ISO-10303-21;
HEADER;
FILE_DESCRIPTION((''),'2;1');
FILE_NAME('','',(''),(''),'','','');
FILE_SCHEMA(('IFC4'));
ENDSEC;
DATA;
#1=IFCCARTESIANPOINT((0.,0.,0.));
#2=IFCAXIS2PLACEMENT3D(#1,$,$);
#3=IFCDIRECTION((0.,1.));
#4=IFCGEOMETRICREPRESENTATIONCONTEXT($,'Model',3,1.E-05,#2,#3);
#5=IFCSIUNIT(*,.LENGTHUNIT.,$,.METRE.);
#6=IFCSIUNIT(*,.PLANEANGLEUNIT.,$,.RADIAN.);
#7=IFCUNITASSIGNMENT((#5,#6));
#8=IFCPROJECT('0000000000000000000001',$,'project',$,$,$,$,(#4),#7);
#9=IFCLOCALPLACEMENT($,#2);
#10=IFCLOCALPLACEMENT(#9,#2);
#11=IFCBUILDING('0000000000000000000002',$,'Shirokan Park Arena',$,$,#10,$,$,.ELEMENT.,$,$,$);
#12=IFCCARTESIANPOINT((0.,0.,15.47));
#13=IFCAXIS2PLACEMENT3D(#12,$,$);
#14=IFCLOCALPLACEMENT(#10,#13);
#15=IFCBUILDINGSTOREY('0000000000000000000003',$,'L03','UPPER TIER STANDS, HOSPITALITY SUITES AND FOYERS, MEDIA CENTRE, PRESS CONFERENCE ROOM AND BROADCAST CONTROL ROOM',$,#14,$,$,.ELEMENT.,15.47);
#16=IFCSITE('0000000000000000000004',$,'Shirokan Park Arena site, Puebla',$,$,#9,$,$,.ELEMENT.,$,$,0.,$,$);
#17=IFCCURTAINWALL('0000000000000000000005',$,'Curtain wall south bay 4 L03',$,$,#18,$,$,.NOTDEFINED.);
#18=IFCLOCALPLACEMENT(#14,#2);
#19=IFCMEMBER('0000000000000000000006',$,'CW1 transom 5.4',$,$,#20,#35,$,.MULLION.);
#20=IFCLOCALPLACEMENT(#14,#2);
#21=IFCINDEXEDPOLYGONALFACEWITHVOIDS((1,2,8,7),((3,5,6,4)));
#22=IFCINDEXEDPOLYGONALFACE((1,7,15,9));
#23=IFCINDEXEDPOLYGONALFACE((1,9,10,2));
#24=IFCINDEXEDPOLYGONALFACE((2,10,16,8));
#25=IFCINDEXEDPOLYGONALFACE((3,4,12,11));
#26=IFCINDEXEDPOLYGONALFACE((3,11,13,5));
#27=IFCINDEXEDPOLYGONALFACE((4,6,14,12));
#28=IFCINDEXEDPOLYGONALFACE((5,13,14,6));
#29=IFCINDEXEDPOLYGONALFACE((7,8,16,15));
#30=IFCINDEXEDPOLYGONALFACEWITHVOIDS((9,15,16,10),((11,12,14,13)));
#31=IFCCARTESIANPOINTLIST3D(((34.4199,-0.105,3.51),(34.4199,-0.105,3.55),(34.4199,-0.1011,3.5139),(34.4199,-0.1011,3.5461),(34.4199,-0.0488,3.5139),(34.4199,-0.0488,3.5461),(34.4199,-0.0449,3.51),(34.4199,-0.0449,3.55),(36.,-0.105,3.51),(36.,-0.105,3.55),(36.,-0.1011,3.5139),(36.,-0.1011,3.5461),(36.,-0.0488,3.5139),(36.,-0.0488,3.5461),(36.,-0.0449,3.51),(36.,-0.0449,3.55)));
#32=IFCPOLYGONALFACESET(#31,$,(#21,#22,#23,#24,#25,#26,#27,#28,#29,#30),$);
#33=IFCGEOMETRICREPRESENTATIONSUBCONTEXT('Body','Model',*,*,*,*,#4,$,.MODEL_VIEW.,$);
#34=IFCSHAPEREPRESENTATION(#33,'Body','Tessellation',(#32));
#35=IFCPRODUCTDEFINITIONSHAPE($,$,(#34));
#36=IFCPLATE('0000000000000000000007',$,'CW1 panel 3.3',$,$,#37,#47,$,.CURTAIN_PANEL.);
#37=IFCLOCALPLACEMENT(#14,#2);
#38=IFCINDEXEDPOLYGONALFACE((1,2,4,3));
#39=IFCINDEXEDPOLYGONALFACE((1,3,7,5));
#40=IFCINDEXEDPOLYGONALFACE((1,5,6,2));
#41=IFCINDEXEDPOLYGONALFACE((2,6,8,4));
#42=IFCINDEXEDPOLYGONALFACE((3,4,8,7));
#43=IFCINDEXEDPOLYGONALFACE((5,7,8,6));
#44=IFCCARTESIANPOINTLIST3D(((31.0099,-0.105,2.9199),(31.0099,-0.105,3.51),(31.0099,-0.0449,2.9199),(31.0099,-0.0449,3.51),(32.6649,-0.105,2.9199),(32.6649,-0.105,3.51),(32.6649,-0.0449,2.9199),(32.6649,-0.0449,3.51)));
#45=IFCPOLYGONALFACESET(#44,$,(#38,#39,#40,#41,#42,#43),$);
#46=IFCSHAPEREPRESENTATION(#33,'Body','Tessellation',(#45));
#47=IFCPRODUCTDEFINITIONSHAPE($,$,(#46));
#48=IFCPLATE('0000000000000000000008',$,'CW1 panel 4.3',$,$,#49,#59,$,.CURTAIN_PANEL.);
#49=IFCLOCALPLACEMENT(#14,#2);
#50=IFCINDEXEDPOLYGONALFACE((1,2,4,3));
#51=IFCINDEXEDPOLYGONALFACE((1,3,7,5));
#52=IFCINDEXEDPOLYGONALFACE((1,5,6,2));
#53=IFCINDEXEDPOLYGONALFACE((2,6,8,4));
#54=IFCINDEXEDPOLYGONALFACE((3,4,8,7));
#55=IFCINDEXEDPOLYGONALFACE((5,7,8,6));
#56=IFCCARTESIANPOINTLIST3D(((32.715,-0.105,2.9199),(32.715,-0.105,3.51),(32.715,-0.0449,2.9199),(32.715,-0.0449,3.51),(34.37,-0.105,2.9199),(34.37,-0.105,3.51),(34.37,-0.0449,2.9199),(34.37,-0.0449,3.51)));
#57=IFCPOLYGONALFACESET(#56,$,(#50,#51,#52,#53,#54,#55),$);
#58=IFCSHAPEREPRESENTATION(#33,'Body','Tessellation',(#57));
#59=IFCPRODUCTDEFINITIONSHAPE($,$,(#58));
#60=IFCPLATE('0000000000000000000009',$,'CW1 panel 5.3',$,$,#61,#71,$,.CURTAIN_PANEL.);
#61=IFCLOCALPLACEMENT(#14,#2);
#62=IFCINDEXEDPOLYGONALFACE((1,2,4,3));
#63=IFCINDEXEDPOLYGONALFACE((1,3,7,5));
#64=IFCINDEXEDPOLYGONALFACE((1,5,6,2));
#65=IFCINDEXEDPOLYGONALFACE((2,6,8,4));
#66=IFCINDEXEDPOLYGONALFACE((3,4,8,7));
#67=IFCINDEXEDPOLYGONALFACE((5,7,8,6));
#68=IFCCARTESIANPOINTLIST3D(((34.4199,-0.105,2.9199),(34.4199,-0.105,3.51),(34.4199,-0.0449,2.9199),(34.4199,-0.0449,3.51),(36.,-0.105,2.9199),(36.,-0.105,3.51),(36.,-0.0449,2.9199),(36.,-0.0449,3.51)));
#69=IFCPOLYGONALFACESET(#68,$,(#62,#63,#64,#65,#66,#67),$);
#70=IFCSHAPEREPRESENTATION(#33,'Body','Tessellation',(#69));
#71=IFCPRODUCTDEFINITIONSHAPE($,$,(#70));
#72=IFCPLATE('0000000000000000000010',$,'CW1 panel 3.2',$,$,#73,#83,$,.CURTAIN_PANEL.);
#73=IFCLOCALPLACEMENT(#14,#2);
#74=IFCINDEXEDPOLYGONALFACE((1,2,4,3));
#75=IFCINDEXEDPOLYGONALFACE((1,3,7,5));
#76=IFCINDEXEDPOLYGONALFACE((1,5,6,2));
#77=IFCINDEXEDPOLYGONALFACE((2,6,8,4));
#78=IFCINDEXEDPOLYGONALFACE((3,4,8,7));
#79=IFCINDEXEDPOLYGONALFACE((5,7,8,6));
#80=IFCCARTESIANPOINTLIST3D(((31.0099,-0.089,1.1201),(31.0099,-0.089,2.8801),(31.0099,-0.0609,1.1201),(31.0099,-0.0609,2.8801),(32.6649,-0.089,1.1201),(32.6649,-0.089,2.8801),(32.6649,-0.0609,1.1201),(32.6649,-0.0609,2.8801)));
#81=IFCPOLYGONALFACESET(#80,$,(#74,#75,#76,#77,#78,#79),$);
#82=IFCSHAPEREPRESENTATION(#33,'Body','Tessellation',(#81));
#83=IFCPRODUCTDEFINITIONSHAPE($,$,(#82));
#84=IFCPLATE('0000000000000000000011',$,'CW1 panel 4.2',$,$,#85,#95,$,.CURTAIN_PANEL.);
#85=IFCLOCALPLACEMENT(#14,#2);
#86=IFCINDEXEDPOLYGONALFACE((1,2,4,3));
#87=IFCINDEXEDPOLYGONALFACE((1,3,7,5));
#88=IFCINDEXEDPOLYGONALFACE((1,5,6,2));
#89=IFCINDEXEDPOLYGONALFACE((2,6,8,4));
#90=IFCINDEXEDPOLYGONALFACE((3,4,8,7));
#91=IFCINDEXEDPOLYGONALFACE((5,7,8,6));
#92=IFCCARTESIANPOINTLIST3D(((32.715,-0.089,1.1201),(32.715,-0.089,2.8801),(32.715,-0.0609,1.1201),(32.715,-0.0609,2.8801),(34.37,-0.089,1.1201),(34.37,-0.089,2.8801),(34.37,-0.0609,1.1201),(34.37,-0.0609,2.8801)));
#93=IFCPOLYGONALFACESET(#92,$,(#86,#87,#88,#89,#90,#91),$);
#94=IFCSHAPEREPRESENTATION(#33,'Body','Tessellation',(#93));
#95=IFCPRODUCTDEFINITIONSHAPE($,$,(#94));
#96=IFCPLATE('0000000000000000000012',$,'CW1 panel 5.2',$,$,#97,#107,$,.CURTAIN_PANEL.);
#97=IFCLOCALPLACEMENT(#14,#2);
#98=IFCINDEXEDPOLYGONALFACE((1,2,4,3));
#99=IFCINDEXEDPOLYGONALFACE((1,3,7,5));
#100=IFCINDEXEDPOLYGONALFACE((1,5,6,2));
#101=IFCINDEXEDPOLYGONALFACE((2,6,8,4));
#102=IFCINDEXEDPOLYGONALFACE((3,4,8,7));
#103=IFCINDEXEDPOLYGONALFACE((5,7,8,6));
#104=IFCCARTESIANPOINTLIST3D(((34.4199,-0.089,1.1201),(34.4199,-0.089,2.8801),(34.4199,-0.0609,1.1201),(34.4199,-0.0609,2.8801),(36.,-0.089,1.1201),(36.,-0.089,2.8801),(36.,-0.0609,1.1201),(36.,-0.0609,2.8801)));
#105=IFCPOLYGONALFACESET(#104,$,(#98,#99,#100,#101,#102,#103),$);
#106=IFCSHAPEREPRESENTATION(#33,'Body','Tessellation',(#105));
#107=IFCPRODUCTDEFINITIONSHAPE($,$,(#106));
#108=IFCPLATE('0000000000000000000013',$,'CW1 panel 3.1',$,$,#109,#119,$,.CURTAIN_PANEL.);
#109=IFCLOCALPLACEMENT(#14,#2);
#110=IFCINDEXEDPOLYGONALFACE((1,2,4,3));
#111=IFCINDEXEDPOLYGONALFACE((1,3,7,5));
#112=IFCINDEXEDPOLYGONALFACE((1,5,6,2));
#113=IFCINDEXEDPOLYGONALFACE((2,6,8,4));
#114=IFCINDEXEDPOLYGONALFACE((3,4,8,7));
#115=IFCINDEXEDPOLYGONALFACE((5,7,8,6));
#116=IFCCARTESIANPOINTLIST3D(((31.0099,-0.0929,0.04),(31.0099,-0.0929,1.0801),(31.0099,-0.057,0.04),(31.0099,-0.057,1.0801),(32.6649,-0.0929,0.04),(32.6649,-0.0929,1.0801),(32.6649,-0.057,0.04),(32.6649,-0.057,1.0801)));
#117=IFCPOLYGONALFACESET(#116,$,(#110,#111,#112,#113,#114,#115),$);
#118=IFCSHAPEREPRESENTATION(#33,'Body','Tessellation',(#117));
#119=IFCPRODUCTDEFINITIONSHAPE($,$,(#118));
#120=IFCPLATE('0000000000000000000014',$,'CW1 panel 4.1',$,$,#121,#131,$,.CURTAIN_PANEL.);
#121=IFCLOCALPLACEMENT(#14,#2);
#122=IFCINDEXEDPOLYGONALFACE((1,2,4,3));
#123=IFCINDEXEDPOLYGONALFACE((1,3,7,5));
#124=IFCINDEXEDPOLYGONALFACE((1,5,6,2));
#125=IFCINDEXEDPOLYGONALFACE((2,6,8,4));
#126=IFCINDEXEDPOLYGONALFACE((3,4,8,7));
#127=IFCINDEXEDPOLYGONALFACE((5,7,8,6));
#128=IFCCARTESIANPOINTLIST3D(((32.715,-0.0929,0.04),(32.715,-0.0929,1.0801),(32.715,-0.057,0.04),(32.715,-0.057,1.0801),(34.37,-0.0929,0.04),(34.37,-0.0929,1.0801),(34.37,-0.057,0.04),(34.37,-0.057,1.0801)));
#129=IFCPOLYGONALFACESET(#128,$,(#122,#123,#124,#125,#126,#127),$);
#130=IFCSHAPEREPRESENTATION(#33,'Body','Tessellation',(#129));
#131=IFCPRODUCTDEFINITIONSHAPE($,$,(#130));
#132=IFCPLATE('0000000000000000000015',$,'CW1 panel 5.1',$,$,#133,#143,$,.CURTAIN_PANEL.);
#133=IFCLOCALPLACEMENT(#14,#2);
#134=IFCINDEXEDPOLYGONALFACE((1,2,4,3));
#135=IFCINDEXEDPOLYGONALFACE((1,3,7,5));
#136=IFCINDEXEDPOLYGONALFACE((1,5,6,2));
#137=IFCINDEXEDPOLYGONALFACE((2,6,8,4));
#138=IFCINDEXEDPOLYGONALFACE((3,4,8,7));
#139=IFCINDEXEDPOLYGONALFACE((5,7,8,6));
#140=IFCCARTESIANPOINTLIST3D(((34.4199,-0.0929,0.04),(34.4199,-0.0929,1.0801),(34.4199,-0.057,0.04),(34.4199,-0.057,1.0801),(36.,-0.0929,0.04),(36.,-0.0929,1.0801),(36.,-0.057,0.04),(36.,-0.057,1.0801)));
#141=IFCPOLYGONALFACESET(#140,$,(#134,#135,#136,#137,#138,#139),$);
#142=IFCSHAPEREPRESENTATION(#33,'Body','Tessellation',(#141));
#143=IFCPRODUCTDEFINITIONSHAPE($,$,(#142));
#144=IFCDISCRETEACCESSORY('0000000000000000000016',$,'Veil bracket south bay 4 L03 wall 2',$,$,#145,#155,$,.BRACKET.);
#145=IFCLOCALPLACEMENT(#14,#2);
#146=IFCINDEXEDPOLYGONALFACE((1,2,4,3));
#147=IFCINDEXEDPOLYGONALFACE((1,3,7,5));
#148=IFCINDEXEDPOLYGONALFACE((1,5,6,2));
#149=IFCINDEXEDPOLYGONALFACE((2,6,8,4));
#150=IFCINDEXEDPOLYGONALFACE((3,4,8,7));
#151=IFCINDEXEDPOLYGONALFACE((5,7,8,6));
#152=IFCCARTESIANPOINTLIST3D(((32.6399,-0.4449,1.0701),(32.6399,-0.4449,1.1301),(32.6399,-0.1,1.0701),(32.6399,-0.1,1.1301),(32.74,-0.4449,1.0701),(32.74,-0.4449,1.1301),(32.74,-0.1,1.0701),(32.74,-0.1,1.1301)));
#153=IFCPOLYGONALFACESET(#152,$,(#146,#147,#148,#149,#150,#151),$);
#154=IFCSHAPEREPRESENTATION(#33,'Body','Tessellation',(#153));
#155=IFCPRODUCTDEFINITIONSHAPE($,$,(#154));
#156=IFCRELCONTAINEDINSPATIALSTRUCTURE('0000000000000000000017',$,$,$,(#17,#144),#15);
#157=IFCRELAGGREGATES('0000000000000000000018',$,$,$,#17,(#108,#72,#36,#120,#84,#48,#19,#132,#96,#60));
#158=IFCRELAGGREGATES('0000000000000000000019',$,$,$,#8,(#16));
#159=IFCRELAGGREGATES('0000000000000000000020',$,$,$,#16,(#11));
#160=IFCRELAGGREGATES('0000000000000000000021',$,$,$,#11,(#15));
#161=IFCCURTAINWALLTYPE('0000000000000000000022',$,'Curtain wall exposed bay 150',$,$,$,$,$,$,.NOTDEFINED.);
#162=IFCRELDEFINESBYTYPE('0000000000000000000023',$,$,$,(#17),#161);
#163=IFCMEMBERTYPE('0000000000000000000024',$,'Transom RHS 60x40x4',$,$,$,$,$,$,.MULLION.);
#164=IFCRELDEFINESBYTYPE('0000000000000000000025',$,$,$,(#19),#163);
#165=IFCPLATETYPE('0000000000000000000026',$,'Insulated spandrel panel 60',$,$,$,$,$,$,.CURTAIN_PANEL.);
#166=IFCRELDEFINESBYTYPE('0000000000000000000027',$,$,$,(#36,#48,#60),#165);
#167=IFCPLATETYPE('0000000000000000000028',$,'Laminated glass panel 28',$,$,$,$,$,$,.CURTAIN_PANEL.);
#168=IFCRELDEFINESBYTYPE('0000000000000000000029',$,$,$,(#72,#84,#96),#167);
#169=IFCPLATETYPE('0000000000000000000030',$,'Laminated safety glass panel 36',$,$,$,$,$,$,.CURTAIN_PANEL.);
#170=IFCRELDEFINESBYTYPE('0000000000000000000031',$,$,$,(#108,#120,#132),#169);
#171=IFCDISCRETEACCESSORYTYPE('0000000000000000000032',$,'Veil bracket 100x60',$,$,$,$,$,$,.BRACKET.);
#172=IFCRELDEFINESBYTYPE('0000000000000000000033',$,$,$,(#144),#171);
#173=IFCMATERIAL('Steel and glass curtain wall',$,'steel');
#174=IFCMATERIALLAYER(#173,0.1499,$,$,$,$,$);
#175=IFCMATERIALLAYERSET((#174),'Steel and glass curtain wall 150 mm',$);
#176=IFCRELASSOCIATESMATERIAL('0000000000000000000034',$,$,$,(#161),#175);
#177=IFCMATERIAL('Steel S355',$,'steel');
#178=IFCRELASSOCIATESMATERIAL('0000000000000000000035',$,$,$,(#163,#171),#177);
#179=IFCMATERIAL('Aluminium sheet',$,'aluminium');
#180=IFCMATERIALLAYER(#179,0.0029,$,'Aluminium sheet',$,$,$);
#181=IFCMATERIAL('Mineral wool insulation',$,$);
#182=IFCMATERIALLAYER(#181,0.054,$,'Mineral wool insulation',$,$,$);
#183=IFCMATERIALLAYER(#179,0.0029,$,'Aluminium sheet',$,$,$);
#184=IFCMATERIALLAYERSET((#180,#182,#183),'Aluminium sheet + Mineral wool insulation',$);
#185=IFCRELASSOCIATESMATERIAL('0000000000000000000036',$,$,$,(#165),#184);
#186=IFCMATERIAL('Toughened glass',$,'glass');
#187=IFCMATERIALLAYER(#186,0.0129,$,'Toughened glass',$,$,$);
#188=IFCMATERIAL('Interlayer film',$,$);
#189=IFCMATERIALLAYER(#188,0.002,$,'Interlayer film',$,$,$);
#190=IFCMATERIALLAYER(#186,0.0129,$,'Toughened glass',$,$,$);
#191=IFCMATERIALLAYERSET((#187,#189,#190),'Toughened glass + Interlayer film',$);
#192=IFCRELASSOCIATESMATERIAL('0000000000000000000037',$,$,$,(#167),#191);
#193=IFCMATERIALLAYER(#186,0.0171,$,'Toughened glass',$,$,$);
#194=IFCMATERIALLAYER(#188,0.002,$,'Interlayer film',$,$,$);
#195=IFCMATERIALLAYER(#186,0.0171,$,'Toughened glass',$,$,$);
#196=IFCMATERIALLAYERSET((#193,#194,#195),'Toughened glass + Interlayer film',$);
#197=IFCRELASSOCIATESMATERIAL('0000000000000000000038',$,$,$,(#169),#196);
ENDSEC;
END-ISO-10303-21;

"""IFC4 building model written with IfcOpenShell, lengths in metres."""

from ifc_helpers import new_model, si_unit, direction, frame, origin, origin_2d, place, context, subcontext, project, spatial, rectangle, hollow_rectangle, extrude, material, layer, layer_set, material_profile, profile_set, type_object, element, aggregate, save


model = new_model("IFC4")

# Units and contexts
model_context = context("Model", 3, precision=1e-05, world=origin(), true_north=direction((0.0, 1.0)))
body_context = subcontext(model_context, "Body", "Model", "MODEL_VIEW")
ifc_project = project(units=[si_unit("LENGTHUNIT", "METRE"), si_unit("PLANEANGLEUNIT", "RADIAN")], contexts=[model_context])

# Site, building, storey
site_placement = place(None, origin())
site = spatial("IfcSite", under=ifc_project, at=site_placement, Name="Shirokan Park Arena site, Puebla", CompositionType="ELEMENT", RefElevation=0.0)
building_placement = place(site_placement, origin())
building = spatial("IfcBuilding", under=site, at=building_placement, Name="Shirokan Park Arena", CompositionType="ELEMENT")
storey_placement = place(building_placement, frame((0.0, 0.0, 15.47)))
storey = spatial("IfcBuildingStorey", under=building, at=storey_placement, Name="L03", Description="UPPER TIER STANDS, HOSPITALITY SUITES AND FOYERS, MEDIA CENTRE, PRESS CONFERENCE ROOM AND BROADCAST CONTROL ROOM", CompositionType="ELEMENT", Elevation=15.47)

# Curtain wall, member, plates
ifc_material_1 = material(Name="Steel and glass curtain wall", Category="steel")
ifc_layer_1 = layer(ifc_material_1, 0.1499)
ifc_layer_set_1 = layer_set([ifc_layer_1], Name="Steel and glass curtain wall 150 mm")
curtain_wall_type = type_object("IfcCurtainWallType", Name="Curtain wall exposed bay 150", PredefinedType="NOTDEFINED", material=ifc_layer_set_1)
curtain_wall_placement = place(storey_placement, origin())
curtain_wall = element("IfcCurtainWall", 1, at=curtain_wall_placement, inside=storey, type_object=curtain_wall_type, Name="Curtain wall south bay 4 L03", PredefinedType="NOTDEFINED")
ifc_material_2 = material(Name="Steel S355", Category="steel")
ifc_material_profile_1 = material_profile(ifc_material_2, hollow_rectangle(XDim=0.0601, YDim=0.04, WallThickness=0.0039, at=origin_2d()), Name="RHS 60x40x4")
ifc_profile_set_1 = profile_set([ifc_material_profile_1], Name="Steel S355")
member_type_1 = type_object("IfcMemberType", Name="Transom RHS 60x40x4", PredefinedType="MULLION", material=ifc_profile_set_1)
member_1_placement = place(storey_placement, frame((34.4199, -0.075, 3.53), z_axis=(1.0, 0.0, 0.0), x_axis=(0.0, 1.0, 0.0)))
member_1 = element("IfcMember", 2, at=member_1_placement, type_object=member_type_1, Name="CW1 transom 5.4", PredefinedType="MULLION", context=body_context, shape_type="SweptSolid", body=[
    extrude(hollow_rectangle(XDim=0.0601, YDim=0.04, WallThickness=0.0039, at=origin_2d()), origin(), (0.0, 0.0, 1.0), 1.5801),
])
ifc_material_3 = material(Name="Aluminium sheet", Category="aluminium")
ifc_layer_2 = layer(ifc_material_3, 0.0029, Name="Aluminium sheet")
ifc_material_4 = material(Name="Mineral wool insulation")
ifc_layer_3 = layer(ifc_material_4, 0.054, Name="Mineral wool insulation")
ifc_layer_4 = layer(ifc_material_3, 0.0029, Name="Aluminium sheet")
ifc_layer_set_2 = layer_set([ifc_layer_2, ifc_layer_3, ifc_layer_4], Name="Aluminium sheet + Mineral wool insulation")
plate_type_1 = type_object("IfcPlateType", Name="Insulated spandrel panel 60", PredefinedType="CURTAIN_PANEL", material=ifc_layer_set_2)
plate_1_placement = place(storey_placement, frame((31.8374, -0.075, 2.9199), z_axis=(0.0, 0.0, 1.0), x_axis=(1.0, 0.0, 0.0)))
plate_1 = element("IfcPlate", 3, at=plate_1_placement, type_object=plate_type_1, Name="CW1 panel 3.3", PredefinedType="CURTAIN_PANEL", context=body_context, shape_type="SweptSolid", body=[
    extrude(rectangle(XDim=1.655, YDim=0.0601, at=origin_2d()), origin(), (0.0, 0.0, 1.0), 0.5901),
])
plate_2_placement = place(storey_placement, frame((33.5425, -0.075, 2.9199), z_axis=(0.0, 0.0, 1.0), x_axis=(1.0, 0.0, 0.0)))
plate_2 = element("IfcPlate", 4, at=plate_2_placement, type_object=plate_type_1, Name="CW1 panel 4.3", PredefinedType="CURTAIN_PANEL", context=body_context, shape_type="SweptSolid", body=[
    extrude(rectangle(XDim=1.655, YDim=0.0601, at=origin_2d()), origin(), (0.0, 0.0, 1.0), 0.5901),
])
plate_3_placement = place(storey_placement, frame((35.21, -0.075, 2.9199), z_axis=(0.0, 0.0, 1.0), x_axis=(1.0, 0.0, 0.0)))
plate_3 = element("IfcPlate", 5, at=plate_3_placement, type_object=plate_type_1, Name="CW1 panel 5.3", PredefinedType="CURTAIN_PANEL", context=body_context, shape_type="SweptSolid", body=[
    extrude(rectangle(XDim=1.5801, YDim=0.0601, at=origin_2d()), origin(), (0.0, 0.0, 1.0), 0.5901),
])
ifc_material_5 = material(Name="Toughened glass", Category="glass")
ifc_layer_5 = layer(ifc_material_5, 0.0129, Name="Toughened glass")
ifc_material_6 = material(Name="Interlayer film")
ifc_layer_6 = layer(ifc_material_6, 0.002, Name="Interlayer film")
ifc_layer_7 = layer(ifc_material_5, 0.0129, Name="Toughened glass")
ifc_layer_set_3 = layer_set([ifc_layer_5, ifc_layer_6, ifc_layer_7], Name="Toughened glass + Interlayer film")
plate_type_2 = type_object("IfcPlateType", Name="Laminated glass panel 28", PredefinedType="CURTAIN_PANEL", material=ifc_layer_set_3)
plate_4_placement = place(storey_placement, frame((31.8374, -0.075, 1.1201), z_axis=(0.0, 0.0, 1.0), x_axis=(1.0, 0.0, 0.0)))
plate_4 = element("IfcPlate", 6, at=plate_4_placement, type_object=plate_type_2, Name="CW1 panel 3.2", PredefinedType="CURTAIN_PANEL", context=body_context, shape_type="SweptSolid", body=[
    extrude(rectangle(XDim=1.655, YDim=0.0281, at=origin_2d()), origin(), (0.0, 0.0, 1.0), 1.76),
])
plate_5_placement = place(storey_placement, frame((33.5425, -0.075, 1.1201), z_axis=(0.0, 0.0, 1.0), x_axis=(1.0, 0.0, 0.0)))
plate_5 = element("IfcPlate", 7, at=plate_5_placement, type_object=plate_type_2, Name="CW1 panel 4.2", PredefinedType="CURTAIN_PANEL", context=body_context, shape_type="SweptSolid", body=[
    extrude(rectangle(XDim=1.655, YDim=0.0281, at=origin_2d()), origin(), (0.0, 0.0, 1.0), 1.76),
])
plate_6_placement = place(storey_placement, frame((35.21, -0.075, 1.1201), z_axis=(0.0, 0.0, 1.0), x_axis=(1.0, 0.0, 0.0)))
plate_6 = element("IfcPlate", 8, at=plate_6_placement, type_object=plate_type_2, Name="CW1 panel 5.2", PredefinedType="CURTAIN_PANEL", context=body_context, shape_type="SweptSolid", body=[
    extrude(rectangle(XDim=1.5801, YDim=0.0281, at=origin_2d()), origin(), (0.0, 0.0, 1.0), 1.76),
])
ifc_layer_8 = layer(ifc_material_5, 0.0171, Name="Toughened glass")
ifc_layer_9 = layer(ifc_material_6, 0.002, Name="Interlayer film")
ifc_layer_10 = layer(ifc_material_5, 0.0171, Name="Toughened glass")
ifc_layer_set_4 = layer_set([ifc_layer_8, ifc_layer_9, ifc_layer_10], Name="Toughened glass + Interlayer film")
plate_type_3 = type_object("IfcPlateType", Name="Laminated safety glass panel 36", PredefinedType="CURTAIN_PANEL", material=ifc_layer_set_4)
plate_7_placement = place(storey_placement, frame((31.8374, -0.075, 0.04), z_axis=(0.0, 0.0, 1.0), x_axis=(1.0, 0.0, 0.0)))
plate_7 = element("IfcPlate", 9, at=plate_7_placement, type_object=plate_type_3, Name="CW1 panel 3.1", PredefinedType="CURTAIN_PANEL", context=body_context, shape_type="SweptSolid", body=[
    extrude(rectangle(XDim=1.655, YDim=0.0359, at=origin_2d()), origin(), (0.0, 0.0, 1.0), 1.04),
])
plate_8_placement = place(storey_placement, frame((33.5425, -0.075, 0.04), z_axis=(0.0, 0.0, 1.0), x_axis=(1.0, 0.0, 0.0)))
plate_8 = element("IfcPlate", 10, at=plate_8_placement, type_object=plate_type_3, Name="CW1 panel 4.1", PredefinedType="CURTAIN_PANEL", context=body_context, shape_type="SweptSolid", body=[
    extrude(rectangle(XDim=1.655, YDim=0.0359, at=origin_2d()), origin(), (0.0, 0.0, 1.0), 1.04),
])
plate_9_placement = place(storey_placement, frame((35.21, -0.075, 0.04), z_axis=(0.0, 0.0, 1.0), x_axis=(1.0, 0.0, 0.0)))
plate_9 = element("IfcPlate", 11, at=plate_9_placement, type_object=plate_type_3, Name="CW1 panel 5.1", PredefinedType="CURTAIN_PANEL", context=body_context, shape_type="SweptSolid", body=[
    extrude(rectangle(XDim=1.5801, YDim=0.0359, at=origin_2d()), origin(), (0.0, 0.0, 1.0), 1.04),
])
aggregate(curtain_wall, [plate_7, plate_4, plate_1, plate_8, plate_5, plate_2, member_1, plate_9, plate_6, plate_3])

# Discrete accessory
discrete_accessory_type = type_object("IfcDiscreteAccessoryType", Name="Veil bracket 100x60", PredefinedType="BRACKET", material=ifc_material_2)
discrete_accessory_placement = place(storey_placement, frame((32.6899, -0.2725, 1.0701), z_axis=(0.0, 0.0, 1.0), x_axis=(1.0, 0.0, 0.0)))
element("IfcDiscreteAccessory", 12, at=discrete_accessory_placement, inside=storey, type_object=discrete_accessory_type, Name="Veil bracket south bay 4 L03 wall 2", PredefinedType="BRACKET", context=body_context, shape_type="SweptSolid", body=[
    extrude(rectangle(XDim=0.1001, YDim=0.345, at=origin_2d()), origin(), (0.0, 0.0, 1.0), 0.0601),
])

save(model, "model.ifc")
